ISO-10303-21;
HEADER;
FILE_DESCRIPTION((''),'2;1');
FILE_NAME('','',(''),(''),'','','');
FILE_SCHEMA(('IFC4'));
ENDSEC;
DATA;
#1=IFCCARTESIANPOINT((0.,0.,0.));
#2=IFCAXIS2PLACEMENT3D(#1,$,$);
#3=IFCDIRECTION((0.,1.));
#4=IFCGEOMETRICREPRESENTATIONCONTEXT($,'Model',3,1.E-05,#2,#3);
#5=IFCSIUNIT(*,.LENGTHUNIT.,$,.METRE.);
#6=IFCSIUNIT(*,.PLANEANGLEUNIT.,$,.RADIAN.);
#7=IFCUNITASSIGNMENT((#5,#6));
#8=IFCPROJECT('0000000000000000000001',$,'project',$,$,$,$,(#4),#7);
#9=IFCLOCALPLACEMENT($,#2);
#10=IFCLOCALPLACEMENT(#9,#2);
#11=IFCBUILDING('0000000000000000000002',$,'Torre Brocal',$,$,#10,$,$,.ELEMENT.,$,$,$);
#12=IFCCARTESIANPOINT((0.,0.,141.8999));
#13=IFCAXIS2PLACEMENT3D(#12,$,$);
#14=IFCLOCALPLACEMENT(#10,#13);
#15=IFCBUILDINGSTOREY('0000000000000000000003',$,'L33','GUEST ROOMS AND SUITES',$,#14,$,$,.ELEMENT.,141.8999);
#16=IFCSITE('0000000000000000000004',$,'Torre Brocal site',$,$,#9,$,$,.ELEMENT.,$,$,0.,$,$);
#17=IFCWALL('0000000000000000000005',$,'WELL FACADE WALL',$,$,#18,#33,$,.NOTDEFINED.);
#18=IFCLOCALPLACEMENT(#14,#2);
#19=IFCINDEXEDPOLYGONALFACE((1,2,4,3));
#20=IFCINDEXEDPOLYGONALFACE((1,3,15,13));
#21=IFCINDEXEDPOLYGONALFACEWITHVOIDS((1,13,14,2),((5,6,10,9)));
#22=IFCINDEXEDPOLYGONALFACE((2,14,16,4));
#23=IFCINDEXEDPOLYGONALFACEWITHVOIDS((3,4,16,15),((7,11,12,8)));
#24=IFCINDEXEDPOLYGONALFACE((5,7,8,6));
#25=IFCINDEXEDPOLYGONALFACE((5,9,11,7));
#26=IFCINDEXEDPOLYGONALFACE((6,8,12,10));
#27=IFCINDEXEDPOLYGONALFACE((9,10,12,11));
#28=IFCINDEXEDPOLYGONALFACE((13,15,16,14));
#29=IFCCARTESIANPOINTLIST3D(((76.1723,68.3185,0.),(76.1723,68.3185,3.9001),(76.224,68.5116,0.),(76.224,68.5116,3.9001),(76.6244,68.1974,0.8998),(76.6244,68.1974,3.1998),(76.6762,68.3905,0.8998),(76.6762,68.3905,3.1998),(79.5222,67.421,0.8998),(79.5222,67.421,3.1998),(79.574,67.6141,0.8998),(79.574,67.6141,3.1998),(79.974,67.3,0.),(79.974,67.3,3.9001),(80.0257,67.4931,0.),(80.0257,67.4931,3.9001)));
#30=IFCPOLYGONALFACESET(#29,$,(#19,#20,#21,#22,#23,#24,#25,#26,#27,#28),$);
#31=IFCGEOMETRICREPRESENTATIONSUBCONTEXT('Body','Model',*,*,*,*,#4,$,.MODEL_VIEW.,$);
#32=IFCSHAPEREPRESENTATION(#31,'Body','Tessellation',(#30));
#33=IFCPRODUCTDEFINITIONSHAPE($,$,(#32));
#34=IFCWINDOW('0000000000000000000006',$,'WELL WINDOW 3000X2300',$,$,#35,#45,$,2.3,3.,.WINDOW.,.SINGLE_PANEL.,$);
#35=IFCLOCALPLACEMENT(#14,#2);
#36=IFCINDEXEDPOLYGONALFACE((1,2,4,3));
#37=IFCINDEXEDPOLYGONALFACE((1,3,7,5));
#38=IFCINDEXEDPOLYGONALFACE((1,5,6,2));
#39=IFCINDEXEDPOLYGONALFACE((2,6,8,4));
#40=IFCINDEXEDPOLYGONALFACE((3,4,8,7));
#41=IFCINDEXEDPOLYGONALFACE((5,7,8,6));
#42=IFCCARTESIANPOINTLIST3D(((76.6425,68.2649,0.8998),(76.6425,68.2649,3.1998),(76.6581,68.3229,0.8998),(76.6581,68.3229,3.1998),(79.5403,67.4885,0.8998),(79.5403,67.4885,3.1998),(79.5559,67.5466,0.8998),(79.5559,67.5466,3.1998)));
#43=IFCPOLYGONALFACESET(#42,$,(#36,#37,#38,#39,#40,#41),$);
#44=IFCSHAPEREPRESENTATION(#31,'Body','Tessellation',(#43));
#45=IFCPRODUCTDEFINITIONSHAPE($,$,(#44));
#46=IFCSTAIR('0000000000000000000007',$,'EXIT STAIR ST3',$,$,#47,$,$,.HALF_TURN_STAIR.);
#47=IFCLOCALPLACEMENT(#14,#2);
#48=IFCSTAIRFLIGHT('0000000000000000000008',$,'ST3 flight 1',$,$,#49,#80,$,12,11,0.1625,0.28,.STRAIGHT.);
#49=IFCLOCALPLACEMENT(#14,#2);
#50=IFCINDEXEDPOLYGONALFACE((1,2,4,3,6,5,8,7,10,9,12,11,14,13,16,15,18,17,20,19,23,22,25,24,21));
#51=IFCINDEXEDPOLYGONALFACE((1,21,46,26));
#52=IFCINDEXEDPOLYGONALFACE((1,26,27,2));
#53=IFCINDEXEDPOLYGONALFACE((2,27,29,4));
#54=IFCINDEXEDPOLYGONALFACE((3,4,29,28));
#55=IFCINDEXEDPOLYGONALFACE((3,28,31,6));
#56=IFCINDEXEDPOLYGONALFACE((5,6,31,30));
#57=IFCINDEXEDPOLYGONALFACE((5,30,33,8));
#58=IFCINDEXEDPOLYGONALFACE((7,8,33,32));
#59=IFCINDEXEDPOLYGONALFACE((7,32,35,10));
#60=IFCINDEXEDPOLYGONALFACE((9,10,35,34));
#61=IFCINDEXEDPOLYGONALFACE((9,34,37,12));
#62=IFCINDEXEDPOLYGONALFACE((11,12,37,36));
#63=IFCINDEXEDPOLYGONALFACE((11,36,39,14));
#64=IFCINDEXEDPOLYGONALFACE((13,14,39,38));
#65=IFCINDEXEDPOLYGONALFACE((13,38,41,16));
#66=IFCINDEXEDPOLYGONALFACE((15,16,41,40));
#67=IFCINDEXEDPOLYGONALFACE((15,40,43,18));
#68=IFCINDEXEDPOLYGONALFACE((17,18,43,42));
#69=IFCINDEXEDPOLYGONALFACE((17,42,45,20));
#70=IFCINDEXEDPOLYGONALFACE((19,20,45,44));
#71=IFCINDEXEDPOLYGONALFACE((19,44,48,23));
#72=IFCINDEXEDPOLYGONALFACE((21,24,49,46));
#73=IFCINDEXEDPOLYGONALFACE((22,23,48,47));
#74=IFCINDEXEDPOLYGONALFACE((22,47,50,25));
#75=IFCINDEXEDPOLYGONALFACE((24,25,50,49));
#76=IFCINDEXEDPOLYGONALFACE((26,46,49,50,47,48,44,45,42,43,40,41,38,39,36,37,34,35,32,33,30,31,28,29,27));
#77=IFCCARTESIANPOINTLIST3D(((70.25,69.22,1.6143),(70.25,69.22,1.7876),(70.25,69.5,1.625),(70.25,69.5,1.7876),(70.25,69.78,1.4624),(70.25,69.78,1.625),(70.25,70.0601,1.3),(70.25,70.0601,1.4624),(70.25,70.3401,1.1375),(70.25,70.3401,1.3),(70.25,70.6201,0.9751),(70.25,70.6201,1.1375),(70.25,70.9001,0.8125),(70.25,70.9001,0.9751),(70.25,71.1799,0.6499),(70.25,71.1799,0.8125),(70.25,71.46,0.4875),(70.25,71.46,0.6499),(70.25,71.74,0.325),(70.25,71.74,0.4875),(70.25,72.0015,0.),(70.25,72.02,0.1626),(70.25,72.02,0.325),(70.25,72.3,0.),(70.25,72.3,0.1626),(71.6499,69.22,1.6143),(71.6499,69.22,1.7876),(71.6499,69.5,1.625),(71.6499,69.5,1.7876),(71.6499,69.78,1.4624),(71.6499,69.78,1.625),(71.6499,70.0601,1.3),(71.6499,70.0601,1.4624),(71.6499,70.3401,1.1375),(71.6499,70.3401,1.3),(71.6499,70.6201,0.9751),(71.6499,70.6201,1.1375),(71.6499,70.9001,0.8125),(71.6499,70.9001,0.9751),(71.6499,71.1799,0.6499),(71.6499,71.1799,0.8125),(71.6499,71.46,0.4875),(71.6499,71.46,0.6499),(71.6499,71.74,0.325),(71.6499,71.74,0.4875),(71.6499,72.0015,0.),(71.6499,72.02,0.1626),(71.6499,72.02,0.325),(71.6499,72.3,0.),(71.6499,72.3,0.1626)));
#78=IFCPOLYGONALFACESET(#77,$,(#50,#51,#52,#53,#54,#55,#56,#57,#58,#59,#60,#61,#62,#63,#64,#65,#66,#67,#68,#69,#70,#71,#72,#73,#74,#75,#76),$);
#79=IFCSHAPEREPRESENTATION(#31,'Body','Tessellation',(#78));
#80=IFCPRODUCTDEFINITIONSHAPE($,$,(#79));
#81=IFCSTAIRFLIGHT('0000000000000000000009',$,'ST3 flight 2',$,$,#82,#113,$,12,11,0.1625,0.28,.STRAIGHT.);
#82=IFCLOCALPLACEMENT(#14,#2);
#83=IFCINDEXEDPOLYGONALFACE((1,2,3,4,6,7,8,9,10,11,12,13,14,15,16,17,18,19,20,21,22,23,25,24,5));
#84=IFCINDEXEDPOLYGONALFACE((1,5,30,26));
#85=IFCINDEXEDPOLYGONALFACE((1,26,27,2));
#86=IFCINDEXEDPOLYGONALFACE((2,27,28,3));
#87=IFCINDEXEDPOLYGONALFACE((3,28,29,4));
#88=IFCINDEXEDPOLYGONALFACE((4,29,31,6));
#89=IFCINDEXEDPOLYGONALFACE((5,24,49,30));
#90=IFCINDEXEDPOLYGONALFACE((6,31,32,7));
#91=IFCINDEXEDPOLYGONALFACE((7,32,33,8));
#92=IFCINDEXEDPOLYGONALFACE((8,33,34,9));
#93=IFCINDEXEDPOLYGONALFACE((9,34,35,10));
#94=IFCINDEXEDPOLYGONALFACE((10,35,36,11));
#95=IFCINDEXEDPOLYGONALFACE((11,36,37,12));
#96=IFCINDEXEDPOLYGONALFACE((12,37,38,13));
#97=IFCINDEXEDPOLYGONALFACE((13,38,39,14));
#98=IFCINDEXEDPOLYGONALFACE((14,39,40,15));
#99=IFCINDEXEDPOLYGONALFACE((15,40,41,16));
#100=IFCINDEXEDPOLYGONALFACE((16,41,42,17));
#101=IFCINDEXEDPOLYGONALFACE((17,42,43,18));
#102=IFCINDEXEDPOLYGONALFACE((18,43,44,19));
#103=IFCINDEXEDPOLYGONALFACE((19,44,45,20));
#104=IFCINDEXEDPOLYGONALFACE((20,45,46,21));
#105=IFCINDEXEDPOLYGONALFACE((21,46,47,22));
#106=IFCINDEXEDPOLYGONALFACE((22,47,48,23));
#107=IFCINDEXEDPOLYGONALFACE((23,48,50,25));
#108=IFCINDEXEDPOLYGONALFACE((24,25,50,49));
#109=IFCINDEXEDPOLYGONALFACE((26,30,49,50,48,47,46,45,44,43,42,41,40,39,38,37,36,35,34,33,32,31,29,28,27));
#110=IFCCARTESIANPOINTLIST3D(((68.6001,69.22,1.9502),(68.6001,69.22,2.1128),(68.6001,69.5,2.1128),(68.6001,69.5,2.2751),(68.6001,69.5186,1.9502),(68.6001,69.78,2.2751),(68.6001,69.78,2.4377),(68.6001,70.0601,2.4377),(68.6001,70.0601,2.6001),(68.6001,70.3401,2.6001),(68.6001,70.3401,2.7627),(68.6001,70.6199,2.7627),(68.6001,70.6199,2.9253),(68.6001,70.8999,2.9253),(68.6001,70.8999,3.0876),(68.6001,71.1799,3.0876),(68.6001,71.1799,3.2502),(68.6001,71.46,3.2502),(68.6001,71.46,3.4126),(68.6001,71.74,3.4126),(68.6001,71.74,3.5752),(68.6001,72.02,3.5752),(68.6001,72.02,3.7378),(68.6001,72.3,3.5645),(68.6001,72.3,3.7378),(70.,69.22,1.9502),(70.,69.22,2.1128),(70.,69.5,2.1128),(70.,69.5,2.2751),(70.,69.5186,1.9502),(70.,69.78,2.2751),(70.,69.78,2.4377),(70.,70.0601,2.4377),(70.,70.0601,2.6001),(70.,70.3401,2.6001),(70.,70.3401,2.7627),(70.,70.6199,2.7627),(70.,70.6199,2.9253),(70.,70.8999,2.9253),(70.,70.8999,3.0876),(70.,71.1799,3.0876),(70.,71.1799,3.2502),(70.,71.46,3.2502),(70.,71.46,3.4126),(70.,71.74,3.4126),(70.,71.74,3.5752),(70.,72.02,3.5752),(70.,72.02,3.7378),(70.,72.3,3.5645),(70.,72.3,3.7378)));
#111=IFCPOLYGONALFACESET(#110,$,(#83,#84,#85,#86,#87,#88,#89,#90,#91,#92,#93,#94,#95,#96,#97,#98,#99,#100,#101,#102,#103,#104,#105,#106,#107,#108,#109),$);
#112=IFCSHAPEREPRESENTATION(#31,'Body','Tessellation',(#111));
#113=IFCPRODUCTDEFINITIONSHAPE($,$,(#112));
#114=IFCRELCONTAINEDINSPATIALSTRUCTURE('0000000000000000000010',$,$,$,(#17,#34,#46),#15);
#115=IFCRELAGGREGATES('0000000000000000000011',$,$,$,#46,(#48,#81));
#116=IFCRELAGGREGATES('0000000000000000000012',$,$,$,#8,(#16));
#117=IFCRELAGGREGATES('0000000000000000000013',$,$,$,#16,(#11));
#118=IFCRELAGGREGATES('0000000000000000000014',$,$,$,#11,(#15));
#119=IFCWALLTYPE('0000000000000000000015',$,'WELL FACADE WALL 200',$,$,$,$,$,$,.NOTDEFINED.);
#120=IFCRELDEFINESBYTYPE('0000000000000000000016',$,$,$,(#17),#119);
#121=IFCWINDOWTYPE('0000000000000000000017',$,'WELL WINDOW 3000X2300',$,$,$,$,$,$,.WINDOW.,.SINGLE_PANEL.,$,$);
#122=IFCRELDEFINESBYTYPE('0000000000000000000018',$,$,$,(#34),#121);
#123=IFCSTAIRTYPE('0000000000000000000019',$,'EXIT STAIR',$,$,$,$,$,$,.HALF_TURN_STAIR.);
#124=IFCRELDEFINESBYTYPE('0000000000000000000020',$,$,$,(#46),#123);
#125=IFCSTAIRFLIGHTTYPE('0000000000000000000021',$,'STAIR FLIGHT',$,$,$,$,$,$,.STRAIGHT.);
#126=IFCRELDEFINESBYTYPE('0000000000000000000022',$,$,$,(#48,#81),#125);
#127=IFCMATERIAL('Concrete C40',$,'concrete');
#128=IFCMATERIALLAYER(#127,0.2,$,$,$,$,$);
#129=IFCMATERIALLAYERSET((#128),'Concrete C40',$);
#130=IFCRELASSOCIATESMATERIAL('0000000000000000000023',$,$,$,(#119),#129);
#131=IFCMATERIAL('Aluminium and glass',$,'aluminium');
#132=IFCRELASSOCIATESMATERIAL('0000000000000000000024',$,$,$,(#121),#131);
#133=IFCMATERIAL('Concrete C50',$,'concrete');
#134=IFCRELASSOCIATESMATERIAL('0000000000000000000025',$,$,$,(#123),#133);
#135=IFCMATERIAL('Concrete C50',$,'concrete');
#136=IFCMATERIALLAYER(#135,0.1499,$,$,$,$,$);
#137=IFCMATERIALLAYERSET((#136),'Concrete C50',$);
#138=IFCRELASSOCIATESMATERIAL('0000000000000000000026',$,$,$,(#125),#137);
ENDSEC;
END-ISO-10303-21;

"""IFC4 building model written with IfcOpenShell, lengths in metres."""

from ifc_helpers import new_model, si_unit, direction, frame, frame_2d, origin, place, context, subcontext, project, spatial, polyline, rectangle, outline, extrude, material, layer, layer_set, type_object, element, fill, aggregate, save


model = new_model("IFC4")

# Units and contexts
model_context = context("Model", 3, precision=1e-05, world=origin(), true_north=direction((0.0, 1.0)))
body_context = subcontext(model_context, "Body", "Model", "MODEL_VIEW")
ifc_project = project(units=[si_unit("LENGTHUNIT", "METRE"), si_unit("PLANEANGLEUNIT", "RADIAN")], contexts=[model_context])

# Site, building, storey
site_placement = place(None, origin())
site = spatial("IfcSite", under=ifc_project, at=site_placement, Name="Torre Brocal site", CompositionType="ELEMENT", RefElevation=0.0)
building_placement = place(site_placement, origin())
building = spatial("IfcBuilding", under=site, at=building_placement, Name="Torre Brocal", CompositionType="ELEMENT")
storey_placement = place(building_placement, frame((0.0, 0.0, 141.8999)))
storey = spatial("IfcBuildingStorey", under=building, at=storey_placement, Name="L33", Description="GUEST ROOMS AND SUITES", CompositionType="ELEMENT", Elevation=141.8999)

# Wall, opening, window
ifc_material_1 = material(Name="Concrete C40", Category="concrete")
ifc_layer_1 = layer(ifc_material_1, 0.2)
ifc_layer_set_1 = layer_set([ifc_layer_1], Name="Concrete C40")
wall_type_1 = type_object("IfcWallType", Name="WELL FACADE WALL 200", PredefinedType="NOTDEFINED", material=ifc_layer_set_1)
ifc_material_2 = material(Name="Aluminium and glass", Category="aluminium")
window_type = type_object("IfcWindowType", Name="WELL WINDOW 3000X2300", PartitioningType="SINGLE_PANEL", PredefinedType="WINDOW", material=ifc_material_2)
wall_1_placement = place(storey_placement, frame((76.1982, 68.415, 0.0), z_axis=(0.0, 0.0, 1.0), x_axis=(0.965934, -0.25879, 0.0)))
wall_1 = element("IfcWall", 1, at=wall_1_placement, inside=storey, type_object=wall_type_1, Name="WELL FACADE WALL", PredefinedType="NOTDEFINED", context=body_context, shape_type="SweptSolid", body=[
    extrude(rectangle(XDim=3.9358, YDim=0.2, at=frame_2d((1.9678, 0.0))), origin(), (0.0, 0.0, 1.0), 3.9001),
])
opening_1_placement = place(wall_1_placement, frame((0.468, 0.0, 0.8999)))
opening_1 = element("IfcOpeningElement", 2, at=opening_1_placement, cuts=wall_1, PredefinedType="OPENING", context=body_context, shape_type="SweptSolid", body=[
    extrude(rectangle(XDim=3.0, YDim=2.3, at=frame_2d((1.5, 1.1499))), frame((0.0, 0.1099, 0.0), z_axis=(0.0, -1.0, 0.0), x_axis=(1.0, 0.0, 0.0)), (0.0, 0.0, 1.0), 0.22),
])
window_1_placement = place(opening_1_placement, origin())
window_1 = element("IfcWindow", 3, at=window_1_placement, inside=storey, type_object=window_type, Name="WELL WINDOW 3000X2300", OverallHeight=2.3, OverallWidth=3.0, PartitioningType="SINGLE_PANEL", PredefinedType="WINDOW", context=body_context, shape_type="SweptSolid", body=[
    extrude(rectangle(XDim=3.0, YDim=2.3, at=frame_2d((1.5, 1.1499))), frame((0.0, 0.03, 0.0), z_axis=(0.0, -1.0, 0.0), x_axis=(1.0, 0.0, 0.0)), (0.0, 0.0, 1.0), 0.0601),
])
fill(opening_1, window_1)

# Stair, stair flights
ifc_material_3 = material(Name="Concrete C50", Category="concrete")
stair_type = type_object("IfcStairType", Name="EXIT STAIR", PredefinedType="HALF_TURN_STAIR", material=ifc_material_3)
stair_placement = place(storey_placement, origin())
stair = element("IfcStair", 4, at=stair_placement, inside=storey, type_object=stair_type, Name="EXIT STAIR ST3", PredefinedType="HALF_TURN_STAIR")
ifc_material_4 = material(Name="Concrete C50", Category="concrete")
ifc_layer_2 = layer(ifc_material_4, 0.1499)
ifc_layer_set_2 = layer_set([ifc_layer_2], Name="Concrete C50")
stair_flight_type = type_object("IfcStairFlightType", Name="STAIR FLIGHT", PredefinedType="STRAIGHT", material=ifc_layer_set_2)
stair_flight_1_placement = place(storey_placement, frame((70.95, 72.3, 0.0), z_axis=(0.0, 0.0, 1.0), x_axis=(0.0, -1.0, 0.0)))
stair_flight_1 = element("IfcStairFlight", 5, at=stair_flight_1_placement, type_object=stair_flight_type, Name="ST3 flight 1", NumberOfRisers=12, NumberOfTreads=11, PredefinedType="STRAIGHT", RiserHeight=0.1625, TreadLength=0.28, context=body_context, shape_type="SweptSolid", body=[
    extrude(outline(polyline([(0.0, 0.0), (0.0, 0.1626), (0.28, 0.1626), (0.28, 0.325), (0.5601, 0.325), (0.5601, 0.4875), (0.8401, 0.4875), (0.8401, 0.6499), (1.1201, 0.6499), (1.1201, 0.8125), (1.3999, 0.8125), (1.3999, 0.9751), (1.6799, 0.9751), (1.6799, 1.1375), (1.96, 1.1375), (1.96, 1.3), (2.24, 1.3), (2.24, 1.4624), (2.52, 1.4624), (2.52, 1.625), (2.8, 1.625), (2.8, 1.7876), (3.0801, 1.7876), (3.0801, 1.95), (3.0801, 1.6143), (0.2986, 0.0), (0.0, 0.0)])), frame((0.0, 0.7, 0.0), z_axis=(0.0, -1.0, 0.0), x_axis=(1.0, 0.0, 0.0)), (0.0, 0.0, 1.0), 1.3999),
])
stair_flight_2_placement = place(storey_placement, frame((69.3, 69.22, 1.9502), z_axis=(0.0, 0.0, 1.0), x_axis=(0.0, 1.0, 0.0)))
stair_flight_2 = element("IfcStairFlight", 6, at=stair_flight_2_placement, type_object=stair_flight_type, Name="ST3 flight 2", NumberOfRisers=12, NumberOfTreads=11, PredefinedType="STRAIGHT", RiserHeight=0.1625, TreadLength=0.28, context=body_context, shape_type="SweptSolid", body=[
    extrude(outline(polyline([(0.0, 0.0), (0.0, 0.1626), (0.28, 0.1626), (0.28, 0.325), (0.5601, 0.325), (0.5601, 0.4875), (0.8401, 0.4875), (0.8401, 0.6499), (1.1201, 0.6499), (1.1201, 0.8125), (1.3999, 0.8125), (1.3999, 0.9751), (1.6799, 0.9751), (1.6799, 1.1375), (1.96, 1.1375), (1.96, 1.3), (2.24, 1.3), (2.24, 1.4624), (2.52, 1.4624), (2.52, 1.625), (2.8, 1.625), (2.8, 1.7876), (3.0801, 1.7876), (3.0801, 1.95), (3.0801, 1.6143), (0.2986, 0.0), (0.0, 0.0)])), frame((0.0, 0.7, 0.0), z_axis=(0.0, -1.0, 0.0), x_axis=(1.0, 0.0, 0.0)), (0.0, 0.0, 1.0), 1.3999),
])
aggregate(stair, [stair_flight_1, stair_flight_2])

save(model, "model.ifc")
